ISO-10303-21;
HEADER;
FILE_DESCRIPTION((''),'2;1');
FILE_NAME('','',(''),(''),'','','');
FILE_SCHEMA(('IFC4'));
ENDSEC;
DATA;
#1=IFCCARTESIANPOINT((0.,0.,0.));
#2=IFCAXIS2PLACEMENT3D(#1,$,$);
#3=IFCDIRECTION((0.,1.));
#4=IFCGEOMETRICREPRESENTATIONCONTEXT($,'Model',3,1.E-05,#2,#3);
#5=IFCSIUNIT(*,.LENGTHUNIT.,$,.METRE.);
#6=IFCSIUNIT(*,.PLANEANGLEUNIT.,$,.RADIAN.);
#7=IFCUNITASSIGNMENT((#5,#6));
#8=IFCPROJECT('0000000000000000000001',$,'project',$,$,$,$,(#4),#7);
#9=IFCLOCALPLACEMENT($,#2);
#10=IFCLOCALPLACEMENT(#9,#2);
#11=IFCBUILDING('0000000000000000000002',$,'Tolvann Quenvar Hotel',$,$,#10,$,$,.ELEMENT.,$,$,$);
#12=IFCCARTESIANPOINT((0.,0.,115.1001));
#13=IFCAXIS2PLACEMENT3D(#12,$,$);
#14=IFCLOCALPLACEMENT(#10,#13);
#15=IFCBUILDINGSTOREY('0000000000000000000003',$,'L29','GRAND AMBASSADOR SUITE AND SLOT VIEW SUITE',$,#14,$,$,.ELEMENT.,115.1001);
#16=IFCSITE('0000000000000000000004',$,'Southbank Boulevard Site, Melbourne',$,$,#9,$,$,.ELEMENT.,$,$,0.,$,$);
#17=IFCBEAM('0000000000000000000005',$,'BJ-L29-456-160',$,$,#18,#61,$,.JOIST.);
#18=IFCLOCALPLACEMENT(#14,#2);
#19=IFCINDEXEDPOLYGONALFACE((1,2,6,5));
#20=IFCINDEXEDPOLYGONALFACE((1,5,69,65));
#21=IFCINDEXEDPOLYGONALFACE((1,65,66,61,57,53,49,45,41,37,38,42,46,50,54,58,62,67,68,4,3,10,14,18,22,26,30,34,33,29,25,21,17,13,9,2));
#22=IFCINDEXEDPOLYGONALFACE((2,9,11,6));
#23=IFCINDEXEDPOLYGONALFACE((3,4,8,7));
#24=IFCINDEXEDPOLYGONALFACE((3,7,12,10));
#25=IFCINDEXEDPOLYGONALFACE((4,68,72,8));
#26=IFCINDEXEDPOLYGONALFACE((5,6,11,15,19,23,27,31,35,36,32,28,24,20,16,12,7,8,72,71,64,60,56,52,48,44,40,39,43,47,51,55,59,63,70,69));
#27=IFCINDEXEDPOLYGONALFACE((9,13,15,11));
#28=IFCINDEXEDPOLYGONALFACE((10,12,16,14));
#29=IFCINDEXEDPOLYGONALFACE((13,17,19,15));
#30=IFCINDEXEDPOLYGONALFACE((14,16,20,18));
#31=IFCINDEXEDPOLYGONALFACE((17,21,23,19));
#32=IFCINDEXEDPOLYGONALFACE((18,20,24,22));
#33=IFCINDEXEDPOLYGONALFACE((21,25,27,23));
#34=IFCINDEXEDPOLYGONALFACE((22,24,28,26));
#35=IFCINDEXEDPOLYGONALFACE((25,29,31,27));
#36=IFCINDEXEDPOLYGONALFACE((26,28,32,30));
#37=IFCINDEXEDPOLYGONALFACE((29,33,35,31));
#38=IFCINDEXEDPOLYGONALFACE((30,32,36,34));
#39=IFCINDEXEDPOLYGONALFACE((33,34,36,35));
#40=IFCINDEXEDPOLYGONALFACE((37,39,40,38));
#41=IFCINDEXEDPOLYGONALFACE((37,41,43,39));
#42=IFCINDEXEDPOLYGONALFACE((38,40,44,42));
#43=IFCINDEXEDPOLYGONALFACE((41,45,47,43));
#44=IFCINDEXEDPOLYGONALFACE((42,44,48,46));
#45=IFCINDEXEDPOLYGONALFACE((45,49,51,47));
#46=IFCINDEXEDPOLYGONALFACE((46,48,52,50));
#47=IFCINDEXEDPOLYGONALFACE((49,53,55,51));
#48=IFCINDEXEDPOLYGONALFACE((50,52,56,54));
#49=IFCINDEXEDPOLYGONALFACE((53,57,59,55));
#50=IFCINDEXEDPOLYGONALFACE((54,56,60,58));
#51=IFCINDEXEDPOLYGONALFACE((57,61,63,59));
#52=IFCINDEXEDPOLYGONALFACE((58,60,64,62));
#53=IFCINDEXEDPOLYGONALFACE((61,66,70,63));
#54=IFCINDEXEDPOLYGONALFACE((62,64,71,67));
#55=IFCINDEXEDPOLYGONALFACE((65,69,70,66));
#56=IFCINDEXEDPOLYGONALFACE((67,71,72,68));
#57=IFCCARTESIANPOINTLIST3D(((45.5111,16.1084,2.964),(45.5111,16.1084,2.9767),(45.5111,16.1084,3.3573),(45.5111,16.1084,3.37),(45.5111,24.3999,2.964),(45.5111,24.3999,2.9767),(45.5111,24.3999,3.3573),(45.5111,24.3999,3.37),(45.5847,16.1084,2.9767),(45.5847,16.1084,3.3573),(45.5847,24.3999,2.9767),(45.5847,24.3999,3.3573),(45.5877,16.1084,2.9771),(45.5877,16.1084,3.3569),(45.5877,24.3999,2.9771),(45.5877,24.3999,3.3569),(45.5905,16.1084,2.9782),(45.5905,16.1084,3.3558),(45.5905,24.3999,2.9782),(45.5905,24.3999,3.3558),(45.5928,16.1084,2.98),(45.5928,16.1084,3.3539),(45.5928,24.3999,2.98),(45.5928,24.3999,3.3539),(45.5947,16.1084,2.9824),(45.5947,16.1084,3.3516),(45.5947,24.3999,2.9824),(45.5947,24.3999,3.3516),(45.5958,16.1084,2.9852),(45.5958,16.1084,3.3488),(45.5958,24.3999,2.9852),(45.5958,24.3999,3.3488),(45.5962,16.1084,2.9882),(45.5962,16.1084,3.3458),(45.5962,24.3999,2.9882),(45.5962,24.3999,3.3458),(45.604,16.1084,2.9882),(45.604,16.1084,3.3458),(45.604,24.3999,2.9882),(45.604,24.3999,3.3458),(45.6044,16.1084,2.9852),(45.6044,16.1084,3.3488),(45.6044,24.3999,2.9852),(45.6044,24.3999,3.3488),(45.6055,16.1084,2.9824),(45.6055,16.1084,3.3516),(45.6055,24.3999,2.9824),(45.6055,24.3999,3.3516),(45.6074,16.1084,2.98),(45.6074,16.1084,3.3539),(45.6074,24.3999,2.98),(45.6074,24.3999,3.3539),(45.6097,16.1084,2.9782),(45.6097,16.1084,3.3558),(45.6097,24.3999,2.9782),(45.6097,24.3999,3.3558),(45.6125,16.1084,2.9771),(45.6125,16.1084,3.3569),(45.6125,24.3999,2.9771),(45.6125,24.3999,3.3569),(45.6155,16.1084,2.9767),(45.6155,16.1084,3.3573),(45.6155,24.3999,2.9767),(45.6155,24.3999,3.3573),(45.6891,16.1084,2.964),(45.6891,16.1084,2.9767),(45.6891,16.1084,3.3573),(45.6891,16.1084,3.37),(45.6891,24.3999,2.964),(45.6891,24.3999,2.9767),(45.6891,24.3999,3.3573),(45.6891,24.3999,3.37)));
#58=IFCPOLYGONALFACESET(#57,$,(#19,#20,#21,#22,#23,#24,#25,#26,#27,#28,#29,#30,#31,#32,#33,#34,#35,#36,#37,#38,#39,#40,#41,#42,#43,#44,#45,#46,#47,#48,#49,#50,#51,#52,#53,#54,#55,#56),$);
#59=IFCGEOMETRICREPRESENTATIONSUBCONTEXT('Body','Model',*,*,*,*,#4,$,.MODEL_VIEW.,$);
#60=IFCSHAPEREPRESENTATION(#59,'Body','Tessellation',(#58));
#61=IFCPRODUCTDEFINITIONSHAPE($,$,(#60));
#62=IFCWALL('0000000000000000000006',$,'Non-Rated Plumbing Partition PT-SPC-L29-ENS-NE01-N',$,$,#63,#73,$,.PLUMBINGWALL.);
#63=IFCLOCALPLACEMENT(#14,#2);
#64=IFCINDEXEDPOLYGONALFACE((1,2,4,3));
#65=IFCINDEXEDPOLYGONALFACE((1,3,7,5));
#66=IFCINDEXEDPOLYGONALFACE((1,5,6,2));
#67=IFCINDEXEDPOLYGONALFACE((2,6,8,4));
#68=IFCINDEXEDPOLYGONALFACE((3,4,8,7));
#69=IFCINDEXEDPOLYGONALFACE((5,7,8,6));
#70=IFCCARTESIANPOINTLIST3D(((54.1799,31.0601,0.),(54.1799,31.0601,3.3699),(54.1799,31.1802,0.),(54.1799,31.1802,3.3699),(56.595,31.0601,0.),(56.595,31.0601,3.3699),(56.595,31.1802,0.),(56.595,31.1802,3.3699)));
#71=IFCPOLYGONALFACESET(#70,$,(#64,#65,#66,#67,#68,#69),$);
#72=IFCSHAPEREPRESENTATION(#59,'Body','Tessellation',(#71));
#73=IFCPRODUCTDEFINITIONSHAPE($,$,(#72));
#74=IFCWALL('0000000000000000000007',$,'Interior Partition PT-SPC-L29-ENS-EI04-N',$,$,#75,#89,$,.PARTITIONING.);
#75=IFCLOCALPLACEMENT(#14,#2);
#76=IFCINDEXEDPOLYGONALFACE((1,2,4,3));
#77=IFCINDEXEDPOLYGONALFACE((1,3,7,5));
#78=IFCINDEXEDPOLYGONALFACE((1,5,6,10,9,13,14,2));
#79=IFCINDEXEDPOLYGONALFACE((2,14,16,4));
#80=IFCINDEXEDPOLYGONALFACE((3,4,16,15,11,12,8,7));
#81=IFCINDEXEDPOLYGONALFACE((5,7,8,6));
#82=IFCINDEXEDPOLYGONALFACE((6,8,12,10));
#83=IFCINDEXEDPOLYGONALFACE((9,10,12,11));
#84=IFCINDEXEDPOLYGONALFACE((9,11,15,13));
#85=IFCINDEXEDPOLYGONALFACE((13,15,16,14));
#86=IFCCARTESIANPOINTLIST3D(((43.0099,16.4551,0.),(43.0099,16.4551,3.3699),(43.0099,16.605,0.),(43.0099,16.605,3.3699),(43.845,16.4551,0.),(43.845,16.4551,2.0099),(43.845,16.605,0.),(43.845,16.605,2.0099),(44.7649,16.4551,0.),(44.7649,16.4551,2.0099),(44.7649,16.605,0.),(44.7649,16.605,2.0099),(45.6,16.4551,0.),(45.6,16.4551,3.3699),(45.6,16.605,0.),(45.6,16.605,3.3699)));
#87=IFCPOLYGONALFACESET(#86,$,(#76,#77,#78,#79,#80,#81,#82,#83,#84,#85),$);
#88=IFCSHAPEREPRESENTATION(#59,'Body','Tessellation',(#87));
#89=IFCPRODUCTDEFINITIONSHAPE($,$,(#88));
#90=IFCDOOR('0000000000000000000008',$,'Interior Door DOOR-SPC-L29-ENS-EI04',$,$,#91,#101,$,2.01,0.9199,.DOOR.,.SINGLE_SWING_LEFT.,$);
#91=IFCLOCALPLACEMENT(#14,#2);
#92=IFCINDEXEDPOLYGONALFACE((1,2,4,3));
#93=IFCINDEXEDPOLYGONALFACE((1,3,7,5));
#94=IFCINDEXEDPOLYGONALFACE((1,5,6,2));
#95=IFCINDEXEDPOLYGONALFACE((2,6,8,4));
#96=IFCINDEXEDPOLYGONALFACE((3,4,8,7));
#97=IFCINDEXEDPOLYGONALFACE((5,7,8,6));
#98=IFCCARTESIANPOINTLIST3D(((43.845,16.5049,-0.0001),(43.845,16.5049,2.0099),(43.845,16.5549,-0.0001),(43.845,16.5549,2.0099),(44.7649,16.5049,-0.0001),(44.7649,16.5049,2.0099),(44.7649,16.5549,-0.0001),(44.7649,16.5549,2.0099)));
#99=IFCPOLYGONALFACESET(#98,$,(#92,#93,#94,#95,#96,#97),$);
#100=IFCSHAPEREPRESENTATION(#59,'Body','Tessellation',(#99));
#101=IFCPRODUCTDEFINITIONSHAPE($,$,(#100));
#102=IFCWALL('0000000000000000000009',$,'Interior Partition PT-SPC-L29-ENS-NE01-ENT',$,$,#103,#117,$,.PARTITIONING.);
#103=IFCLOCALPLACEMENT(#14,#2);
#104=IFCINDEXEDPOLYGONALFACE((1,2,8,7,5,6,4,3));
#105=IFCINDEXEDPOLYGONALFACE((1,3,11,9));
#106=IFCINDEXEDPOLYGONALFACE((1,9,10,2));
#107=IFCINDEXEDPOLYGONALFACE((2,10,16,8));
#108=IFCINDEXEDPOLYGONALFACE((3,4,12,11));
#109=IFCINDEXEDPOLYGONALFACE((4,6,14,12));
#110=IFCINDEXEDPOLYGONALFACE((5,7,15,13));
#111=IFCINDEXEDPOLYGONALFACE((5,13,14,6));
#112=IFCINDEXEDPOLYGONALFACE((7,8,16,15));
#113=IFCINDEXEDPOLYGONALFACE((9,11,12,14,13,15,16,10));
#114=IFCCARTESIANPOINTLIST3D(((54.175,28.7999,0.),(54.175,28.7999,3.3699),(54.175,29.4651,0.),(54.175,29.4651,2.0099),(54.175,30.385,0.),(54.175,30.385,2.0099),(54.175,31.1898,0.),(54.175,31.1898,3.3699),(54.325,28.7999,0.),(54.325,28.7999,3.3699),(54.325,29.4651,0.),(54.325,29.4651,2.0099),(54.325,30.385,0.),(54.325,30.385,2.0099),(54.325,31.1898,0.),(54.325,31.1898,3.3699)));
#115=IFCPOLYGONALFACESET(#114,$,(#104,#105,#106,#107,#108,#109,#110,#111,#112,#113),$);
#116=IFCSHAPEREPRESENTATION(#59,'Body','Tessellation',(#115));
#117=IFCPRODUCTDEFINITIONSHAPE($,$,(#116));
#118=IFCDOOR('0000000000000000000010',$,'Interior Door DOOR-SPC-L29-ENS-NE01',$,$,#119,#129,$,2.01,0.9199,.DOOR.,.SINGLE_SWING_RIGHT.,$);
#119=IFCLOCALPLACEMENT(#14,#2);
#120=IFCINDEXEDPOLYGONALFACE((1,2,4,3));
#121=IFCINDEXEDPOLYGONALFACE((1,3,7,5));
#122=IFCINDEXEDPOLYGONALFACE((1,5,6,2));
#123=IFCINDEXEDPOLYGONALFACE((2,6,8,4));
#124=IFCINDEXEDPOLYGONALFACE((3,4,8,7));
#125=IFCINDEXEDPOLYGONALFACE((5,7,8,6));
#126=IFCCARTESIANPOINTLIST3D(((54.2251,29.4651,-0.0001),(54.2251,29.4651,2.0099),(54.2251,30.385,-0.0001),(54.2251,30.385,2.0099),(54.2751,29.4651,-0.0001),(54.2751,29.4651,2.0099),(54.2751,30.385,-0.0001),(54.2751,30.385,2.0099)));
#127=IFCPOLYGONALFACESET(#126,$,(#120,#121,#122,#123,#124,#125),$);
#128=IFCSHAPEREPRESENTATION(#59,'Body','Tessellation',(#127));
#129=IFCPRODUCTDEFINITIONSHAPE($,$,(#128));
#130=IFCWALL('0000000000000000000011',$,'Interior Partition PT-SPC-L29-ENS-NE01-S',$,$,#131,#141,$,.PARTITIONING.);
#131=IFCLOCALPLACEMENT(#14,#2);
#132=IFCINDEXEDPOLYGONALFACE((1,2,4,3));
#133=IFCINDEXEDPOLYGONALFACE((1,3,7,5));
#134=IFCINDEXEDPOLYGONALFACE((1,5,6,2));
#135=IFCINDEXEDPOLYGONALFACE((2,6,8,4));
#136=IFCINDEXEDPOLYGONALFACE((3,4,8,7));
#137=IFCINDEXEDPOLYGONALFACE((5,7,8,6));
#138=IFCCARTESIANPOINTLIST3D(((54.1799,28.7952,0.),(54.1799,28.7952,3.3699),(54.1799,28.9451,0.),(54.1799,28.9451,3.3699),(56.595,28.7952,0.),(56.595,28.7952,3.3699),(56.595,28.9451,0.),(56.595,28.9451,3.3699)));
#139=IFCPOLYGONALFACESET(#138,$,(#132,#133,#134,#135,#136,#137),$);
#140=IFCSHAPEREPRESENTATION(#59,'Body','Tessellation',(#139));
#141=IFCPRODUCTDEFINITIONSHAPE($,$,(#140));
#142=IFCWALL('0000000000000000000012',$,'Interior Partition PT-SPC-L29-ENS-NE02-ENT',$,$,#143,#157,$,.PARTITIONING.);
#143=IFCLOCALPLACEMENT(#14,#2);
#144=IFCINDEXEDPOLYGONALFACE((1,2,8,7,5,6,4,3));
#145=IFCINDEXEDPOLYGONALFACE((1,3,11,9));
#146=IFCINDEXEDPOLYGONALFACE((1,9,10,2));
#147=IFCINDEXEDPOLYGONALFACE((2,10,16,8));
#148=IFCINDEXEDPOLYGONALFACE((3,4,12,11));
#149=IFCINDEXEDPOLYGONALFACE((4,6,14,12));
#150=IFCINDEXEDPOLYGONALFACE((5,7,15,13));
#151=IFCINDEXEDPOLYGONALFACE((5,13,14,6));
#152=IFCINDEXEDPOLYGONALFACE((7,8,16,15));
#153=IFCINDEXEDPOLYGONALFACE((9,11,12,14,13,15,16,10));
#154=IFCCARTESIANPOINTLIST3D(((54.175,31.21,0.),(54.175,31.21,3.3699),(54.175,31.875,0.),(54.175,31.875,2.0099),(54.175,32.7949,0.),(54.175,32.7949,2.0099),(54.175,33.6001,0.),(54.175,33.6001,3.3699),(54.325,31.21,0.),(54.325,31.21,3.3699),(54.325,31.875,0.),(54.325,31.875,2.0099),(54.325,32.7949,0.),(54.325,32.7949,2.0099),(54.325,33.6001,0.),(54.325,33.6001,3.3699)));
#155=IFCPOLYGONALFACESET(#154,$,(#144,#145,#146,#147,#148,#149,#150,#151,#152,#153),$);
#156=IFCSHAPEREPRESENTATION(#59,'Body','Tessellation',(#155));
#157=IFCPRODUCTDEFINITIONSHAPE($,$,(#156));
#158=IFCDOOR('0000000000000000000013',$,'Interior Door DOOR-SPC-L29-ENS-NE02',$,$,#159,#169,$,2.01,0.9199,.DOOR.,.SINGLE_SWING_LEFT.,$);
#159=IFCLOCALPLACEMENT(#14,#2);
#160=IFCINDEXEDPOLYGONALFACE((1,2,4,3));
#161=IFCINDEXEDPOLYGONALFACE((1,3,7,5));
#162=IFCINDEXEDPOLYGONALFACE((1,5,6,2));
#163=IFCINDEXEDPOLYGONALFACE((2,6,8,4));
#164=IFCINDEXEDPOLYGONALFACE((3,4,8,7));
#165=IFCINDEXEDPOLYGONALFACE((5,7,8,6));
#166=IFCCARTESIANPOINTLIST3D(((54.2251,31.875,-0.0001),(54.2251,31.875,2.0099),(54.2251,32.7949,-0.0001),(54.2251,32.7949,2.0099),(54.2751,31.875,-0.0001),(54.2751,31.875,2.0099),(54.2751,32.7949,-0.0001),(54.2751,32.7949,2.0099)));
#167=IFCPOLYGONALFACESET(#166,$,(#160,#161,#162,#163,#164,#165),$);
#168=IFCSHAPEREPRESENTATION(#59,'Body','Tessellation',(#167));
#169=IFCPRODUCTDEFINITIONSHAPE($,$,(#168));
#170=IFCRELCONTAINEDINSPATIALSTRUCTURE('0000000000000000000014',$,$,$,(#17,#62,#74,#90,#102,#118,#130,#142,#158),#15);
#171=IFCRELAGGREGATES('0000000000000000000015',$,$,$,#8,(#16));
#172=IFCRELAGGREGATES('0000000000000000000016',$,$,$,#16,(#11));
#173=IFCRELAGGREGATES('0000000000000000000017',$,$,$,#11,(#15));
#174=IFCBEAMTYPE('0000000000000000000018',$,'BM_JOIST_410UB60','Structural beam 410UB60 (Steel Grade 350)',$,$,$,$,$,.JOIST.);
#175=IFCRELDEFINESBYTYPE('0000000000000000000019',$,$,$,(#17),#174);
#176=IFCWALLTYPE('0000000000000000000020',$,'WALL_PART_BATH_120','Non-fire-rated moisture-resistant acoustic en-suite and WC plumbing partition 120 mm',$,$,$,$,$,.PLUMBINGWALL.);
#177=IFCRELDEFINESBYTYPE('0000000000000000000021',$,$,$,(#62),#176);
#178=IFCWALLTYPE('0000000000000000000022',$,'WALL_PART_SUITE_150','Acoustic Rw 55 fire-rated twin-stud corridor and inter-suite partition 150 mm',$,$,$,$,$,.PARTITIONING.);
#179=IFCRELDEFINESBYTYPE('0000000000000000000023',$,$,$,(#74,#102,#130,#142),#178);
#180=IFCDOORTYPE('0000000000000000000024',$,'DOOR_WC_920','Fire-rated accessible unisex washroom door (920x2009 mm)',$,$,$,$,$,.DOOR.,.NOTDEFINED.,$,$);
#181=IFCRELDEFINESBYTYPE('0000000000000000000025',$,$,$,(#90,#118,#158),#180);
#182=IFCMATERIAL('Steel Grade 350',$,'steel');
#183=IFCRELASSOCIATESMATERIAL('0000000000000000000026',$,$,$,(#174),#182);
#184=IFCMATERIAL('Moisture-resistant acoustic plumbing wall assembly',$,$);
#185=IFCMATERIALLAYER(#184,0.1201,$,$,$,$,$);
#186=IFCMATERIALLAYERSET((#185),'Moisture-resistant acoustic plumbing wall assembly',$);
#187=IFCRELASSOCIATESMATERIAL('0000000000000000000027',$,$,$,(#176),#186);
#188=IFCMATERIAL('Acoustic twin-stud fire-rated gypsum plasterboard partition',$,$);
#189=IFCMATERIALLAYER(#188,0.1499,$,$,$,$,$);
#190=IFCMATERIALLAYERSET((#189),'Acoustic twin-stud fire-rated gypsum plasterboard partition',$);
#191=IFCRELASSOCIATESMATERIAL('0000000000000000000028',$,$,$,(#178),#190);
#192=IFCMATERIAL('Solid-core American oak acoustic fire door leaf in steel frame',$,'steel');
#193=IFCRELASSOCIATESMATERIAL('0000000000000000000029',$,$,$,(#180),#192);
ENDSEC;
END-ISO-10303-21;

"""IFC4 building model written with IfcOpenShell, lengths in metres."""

from ifc_helpers import new_model, si_unit, direction, frame, frame_2d, origin, origin_2d, place, context, subcontext, project, spatial, rectangle, i_section, extrude, source, transform, mapped, material, layer, layer_set, material_profile, profile_set, type_object, type_shapes, element, fill, save


model = new_model("IFC4")

# Units and contexts
model_context = context("Model", 3, precision=1e-05, world=origin(), true_north=direction((0.0, 1.0)))
body_context = subcontext(model_context, "Body", "Model", "MODEL_VIEW")
ifc_project = project(units=[si_unit("LENGTHUNIT", "METRE"), si_unit("PLANEANGLEUNIT", "RADIAN")], contexts=[model_context])

# Site, building, storey
site_placement = place(None, origin())
site = spatial("IfcSite", under=ifc_project, at=site_placement, Name="Southbank Boulevard Site, Melbourne", CompositionType="ELEMENT", RefElevation=0.0)
building_placement = place(site_placement, origin())
building = spatial("IfcBuilding", under=site, at=building_placement, Name="Tolvann Quenvar Hotel", CompositionType="ELEMENT")
storey_placement = place(building_placement, frame((0.0, 0.0, 115.1001)))
storey = spatial("IfcBuildingStorey", under=building, at=storey_placement, Name="L29", Description="GRAND AMBASSADOR SUITE AND SLOT VIEW SUITE", CompositionType="ELEMENT", Elevation=115.1001)

# Shared definitions
ifc_material_1 = material(Name="Steel Grade 350", Category="steel")

# Beam
ifc_material_profile_1 = material_profile(ifc_material_1, i_section(OverallWidth=0.178, OverallDepth=0.406, WebThickness=0.0078, FlangeThickness=0.0127, FilletRadius=0.0115, at=origin_2d()), Name="410UB60")
ifc_profile_set_1 = profile_set([ifc_material_profile_1], Name="Steel Grade 350")
beam_type_1 = type_object("IfcBeamType", Name="BM_JOIST_410UB60", Description="Structural beam 410UB60 (Steel Grade 350)", PredefinedType="JOIST", material=ifc_profile_set_1)
shared_shape_1 = source(origin(), body_context, "Body", "SweptSolid", [
    extrude(i_section(OverallWidth=0.178, OverallDepth=0.406, WebThickness=0.0078, FlangeThickness=0.0127, FilletRadius=0.0115, at=origin_2d()), origin(), (0.0, 0.0, 1.0), 8.2915),
])
type_shapes(beam_type_1, [shared_shape_1])
beam_1_placement = place(storey_placement, frame((45.6001, 16.1084, 3.167), z_axis=(0.0, 1.0, 0.0), x_axis=(-1.0, 0.0, 0.0)))
element("IfcBeam", 1, at=beam_1_placement, inside=storey, type_object=beam_type_1, Name="BJ-L29-456-160", PredefinedType="JOIST", context=body_context, shape_type="MappedRepresentation", body=[
    mapped(shared_shape_1, transform((0.0, 0.0, 0.0), x_axis=(1.0, 0.0, 0.0), y_axis=(0.0, 1.0, 0.0), z_axis=(0.0, 0.0, 1.0), scale=1.0)),
])

# Wall
ifc_material_2 = material(Name="Moisture-resistant acoustic plumbing wall assembly")
ifc_layer_1 = layer(ifc_material_2, 0.1201)
ifc_layer_set_1 = layer_set([ifc_layer_1], Name="Moisture-resistant acoustic plumbing wall assembly")
wall_type_1 = type_object("IfcWallType", Name="WALL_PART_BATH_120", Description="Non-fire-rated moisture-resistant acoustic en-suite and WC plumbing partition 120 mm", PredefinedType="PLUMBINGWALL", material=ifc_layer_set_1)
wall_1_placement = place(storey_placement, frame((54.1799, 31.1201, 0.0), z_axis=(0.0, 0.0, 1.0), x_axis=(1.0, 0.0, 0.0)))
element("IfcWall", 2, at=wall_1_placement, inside=storey, type_object=wall_type_1, Name="Non-Rated Plumbing Partition PT-SPC-L29-ENS-NE01-N", PredefinedType="PLUMBINGWALL", context=body_context, shape_type="SweptSolid", body=[
    extrude(rectangle(XDim=2.415, YDim=0.1201, at=frame_2d((1.2075, 0.0))), origin(), (0.0, 0.0, 1.0), 3.3699),
])

# Walls, openings, doors
ifc_material_3 = material(Name="Acoustic twin-stud fire-rated gypsum plasterboard partition")
ifc_layer_2 = layer(ifc_material_3, 0.1499)
ifc_layer_set_2 = layer_set([ifc_layer_2], Name="Acoustic twin-stud fire-rated gypsum plasterboard partition")
wall_type_2 = type_object("IfcWallType", Name="WALL_PART_SUITE_150", Description="Acoustic Rw 55 fire-rated twin-stud corridor and inter-suite partition 150 mm", PredefinedType="PARTITIONING", material=ifc_layer_set_2)
wall_2_placement = place(storey_placement, frame((43.01, 16.53, 0.0), z_axis=(0.0, 0.0, 1.0), x_axis=(1.0, 0.0, 0.0)))
wall_2 = element("IfcWall", 3, at=wall_2_placement, inside=storey, type_object=wall_type_2, Name="Interior Partition PT-SPC-L29-ENS-EI04-N", PredefinedType="PARTITIONING", context=body_context, shape_type="SweptSolid", body=[
    extrude(rectangle(XDim=2.5901, YDim=0.1499, at=frame_2d((1.2949, 0.0))), origin(), (0.0, 0.0, 1.0), 3.3699),
])
opening_1_placement = place(wall_2_placement, frame((0.835, 0.0, 0.0)))
opening_1 = element("IfcOpeningElement", 4, at=opening_1_placement, cuts=wall_2, PredefinedType="OPENING", context=body_context, shape_type="SweptSolid", body=[
    extrude(rectangle(XDim=0.9199, YDim=2.01, at=frame_2d((0.46, 1.0049))), frame((0.0, 0.085, 0.0), z_axis=(0.0, -1.0, 0.0), x_axis=(1.0, 0.0, 0.0)), (0.0, 0.0, 1.0), 0.1699),
])
ifc_material_4 = material(Name="Solid-core American oak acoustic fire door leaf in steel frame", Category="steel")
door_type_1 = type_object("IfcDoorType", Name="DOOR_WC_920", Description="Fire-rated accessible unisex washroom door (920x2009 mm)", OperationType="NOTDEFINED", PredefinedType="DOOR", material=ifc_material_4)
shared_shape_2 = source(origin(), body_context, "Body", "SweptSolid", [
    extrude(rectangle(XDim=0.9199, YDim=2.01, at=frame_2d((0.46, 1.0049))), frame((0.0, 0.0249, 0.0), z_axis=(0.0, -1.0, 0.0), x_axis=(1.0, 0.0, 0.0)), (0.0, 0.0, 1.0), 0.05),
])
type_shapes(door_type_1, [shared_shape_2])
door_1_placement = place(opening_1_placement, origin())
door_1 = element("IfcDoor", 5, at=door_1_placement, inside=storey, type_object=door_type_1, Name="Interior Door DOOR-SPC-L29-ENS-EI04", OperationType="SINGLE_SWING_LEFT", OverallHeight=2.01, OverallWidth=0.9199, PredefinedType="DOOR", context=body_context, shape_type="MappedRepresentation", body=[
    mapped(shared_shape_2, transform((0.0, 0.0, 0.0), x_axis=(1.0, 0.0, 0.0), y_axis=(0.0, 1.0, 0.0), z_axis=(0.0, 0.0, 1.0), scale=1.0)),
])
fill(opening_1, door_1)
wall_3_placement = place(storey_placement, frame((54.25, 28.8, 0.0), z_axis=(0.0, 0.0, 1.0), x_axis=(0.0, 1.0, 0.0)))
wall_3 = element("IfcWall", 6, at=wall_3_placement, inside=storey, type_object=wall_type_2, Name="Interior Partition PT-SPC-L29-ENS-NE01-ENT", PredefinedType="PARTITIONING", context=body_context, shape_type="SweptSolid", body=[
    extrude(rectangle(XDim=2.3899, YDim=0.1499, at=frame_2d((1.1948, 0.0))), origin(), (0.0, 0.0, 1.0), 3.3699),
])
opening_2_placement = place(wall_3_placement, frame((0.665, 0.0, 0.0)))
opening_2 = element("IfcOpeningElement", 7, at=opening_2_placement, cuts=wall_3, PredefinedType="OPENING", context=body_context, shape_type="SweptSolid", body=[
    extrude(rectangle(XDim=0.9199, YDim=2.01, at=frame_2d((0.46, 1.0049))), frame((0.0, 0.085, 0.0), z_axis=(0.0, -1.0, 0.0), x_axis=(1.0, 0.0, 0.0)), (0.0, 0.0, 1.0), 0.1699),
])
door_2_placement = place(opening_2_placement, origin())
door_2 = element("IfcDoor", 8, at=door_2_placement, inside=storey, type_object=door_type_1, Name="Interior Door DOOR-SPC-L29-ENS-NE01", OperationType="SINGLE_SWING_RIGHT", OverallHeight=2.01, OverallWidth=0.9199, PredefinedType="DOOR", context=body_context, shape_type="MappedRepresentation", body=[
    mapped(shared_shape_2, transform((0.0, 0.0, 0.0), x_axis=(1.0, 0.0, 0.0), y_axis=(0.0, 1.0, 0.0), z_axis=(0.0, 0.0, 1.0), scale=1.0)),
])
fill(opening_2, door_2)

# Wall
wall_4_placement = place(storey_placement, frame((54.1799, 28.8701, 0.0), z_axis=(0.0, 0.0, 1.0), x_axis=(1.0, 0.0, 0.0)))
element("IfcWall", 9, at=wall_4_placement, inside=storey, type_object=wall_type_2, Name="Interior Partition PT-SPC-L29-ENS-NE01-S", PredefinedType="PARTITIONING", context=body_context, shape_type="SweptSolid", body=[
    extrude(rectangle(XDim=2.415, YDim=0.1499, at=frame_2d((1.2075, 0.0))), origin(), (0.0, 0.0, 1.0), 3.3699),
])

# Wall, opening, door
wall_5_placement = place(storey_placement, frame((54.25, 31.21, 0.0), z_axis=(0.0, 0.0, 1.0), x_axis=(0.0, 1.0, 0.0)))
wall_5 = element("IfcWall", 10, at=wall_5_placement, inside=storey, type_object=wall_type_2, Name="Interior Partition PT-SPC-L29-ENS-NE02-ENT", PredefinedType="PARTITIONING", context=body_context, shape_type="SweptSolid", body=[
    extrude(rectangle(XDim=2.3901, YDim=0.1499, at=frame_2d((1.1951, 0.0))), origin(), (0.0, 0.0, 1.0), 3.3699),
])
opening_3_placement = place(wall_5_placement, frame((0.665, 0.0, 0.0)))
opening_3 = element("IfcOpeningElement", 11, at=opening_3_placement, cuts=wall_5, PredefinedType="OPENING", context=body_context, shape_type="SweptSolid", body=[
    extrude(rectangle(XDim=0.9199, YDim=2.01, at=frame_2d((0.46, 1.0049))), frame((0.0, 0.085, 0.0), z_axis=(0.0, -1.0, 0.0), x_axis=(1.0, 0.0, 0.0)), (0.0, 0.0, 1.0), 0.1699),
])
door_3_placement = place(opening_3_placement, origin())
door_3 = element("IfcDoor", 12, at=door_3_placement, inside=storey, type_object=door_type_1, Name="Interior Door DOOR-SPC-L29-ENS-NE02", OperationType="SINGLE_SWING_LEFT", OverallHeight=2.01, OverallWidth=0.9199, PredefinedType="DOOR", context=body_context, shape_type="MappedRepresentation", body=[
    mapped(shared_shape_2, transform((0.0, 0.0, 0.0), x_axis=(1.0, 0.0, 0.0), y_axis=(0.0, 1.0, 0.0), z_axis=(0.0, 0.0, 1.0), scale=1.0)),
])
fill(opening_3, door_3)

save(model, "model.ifc")
